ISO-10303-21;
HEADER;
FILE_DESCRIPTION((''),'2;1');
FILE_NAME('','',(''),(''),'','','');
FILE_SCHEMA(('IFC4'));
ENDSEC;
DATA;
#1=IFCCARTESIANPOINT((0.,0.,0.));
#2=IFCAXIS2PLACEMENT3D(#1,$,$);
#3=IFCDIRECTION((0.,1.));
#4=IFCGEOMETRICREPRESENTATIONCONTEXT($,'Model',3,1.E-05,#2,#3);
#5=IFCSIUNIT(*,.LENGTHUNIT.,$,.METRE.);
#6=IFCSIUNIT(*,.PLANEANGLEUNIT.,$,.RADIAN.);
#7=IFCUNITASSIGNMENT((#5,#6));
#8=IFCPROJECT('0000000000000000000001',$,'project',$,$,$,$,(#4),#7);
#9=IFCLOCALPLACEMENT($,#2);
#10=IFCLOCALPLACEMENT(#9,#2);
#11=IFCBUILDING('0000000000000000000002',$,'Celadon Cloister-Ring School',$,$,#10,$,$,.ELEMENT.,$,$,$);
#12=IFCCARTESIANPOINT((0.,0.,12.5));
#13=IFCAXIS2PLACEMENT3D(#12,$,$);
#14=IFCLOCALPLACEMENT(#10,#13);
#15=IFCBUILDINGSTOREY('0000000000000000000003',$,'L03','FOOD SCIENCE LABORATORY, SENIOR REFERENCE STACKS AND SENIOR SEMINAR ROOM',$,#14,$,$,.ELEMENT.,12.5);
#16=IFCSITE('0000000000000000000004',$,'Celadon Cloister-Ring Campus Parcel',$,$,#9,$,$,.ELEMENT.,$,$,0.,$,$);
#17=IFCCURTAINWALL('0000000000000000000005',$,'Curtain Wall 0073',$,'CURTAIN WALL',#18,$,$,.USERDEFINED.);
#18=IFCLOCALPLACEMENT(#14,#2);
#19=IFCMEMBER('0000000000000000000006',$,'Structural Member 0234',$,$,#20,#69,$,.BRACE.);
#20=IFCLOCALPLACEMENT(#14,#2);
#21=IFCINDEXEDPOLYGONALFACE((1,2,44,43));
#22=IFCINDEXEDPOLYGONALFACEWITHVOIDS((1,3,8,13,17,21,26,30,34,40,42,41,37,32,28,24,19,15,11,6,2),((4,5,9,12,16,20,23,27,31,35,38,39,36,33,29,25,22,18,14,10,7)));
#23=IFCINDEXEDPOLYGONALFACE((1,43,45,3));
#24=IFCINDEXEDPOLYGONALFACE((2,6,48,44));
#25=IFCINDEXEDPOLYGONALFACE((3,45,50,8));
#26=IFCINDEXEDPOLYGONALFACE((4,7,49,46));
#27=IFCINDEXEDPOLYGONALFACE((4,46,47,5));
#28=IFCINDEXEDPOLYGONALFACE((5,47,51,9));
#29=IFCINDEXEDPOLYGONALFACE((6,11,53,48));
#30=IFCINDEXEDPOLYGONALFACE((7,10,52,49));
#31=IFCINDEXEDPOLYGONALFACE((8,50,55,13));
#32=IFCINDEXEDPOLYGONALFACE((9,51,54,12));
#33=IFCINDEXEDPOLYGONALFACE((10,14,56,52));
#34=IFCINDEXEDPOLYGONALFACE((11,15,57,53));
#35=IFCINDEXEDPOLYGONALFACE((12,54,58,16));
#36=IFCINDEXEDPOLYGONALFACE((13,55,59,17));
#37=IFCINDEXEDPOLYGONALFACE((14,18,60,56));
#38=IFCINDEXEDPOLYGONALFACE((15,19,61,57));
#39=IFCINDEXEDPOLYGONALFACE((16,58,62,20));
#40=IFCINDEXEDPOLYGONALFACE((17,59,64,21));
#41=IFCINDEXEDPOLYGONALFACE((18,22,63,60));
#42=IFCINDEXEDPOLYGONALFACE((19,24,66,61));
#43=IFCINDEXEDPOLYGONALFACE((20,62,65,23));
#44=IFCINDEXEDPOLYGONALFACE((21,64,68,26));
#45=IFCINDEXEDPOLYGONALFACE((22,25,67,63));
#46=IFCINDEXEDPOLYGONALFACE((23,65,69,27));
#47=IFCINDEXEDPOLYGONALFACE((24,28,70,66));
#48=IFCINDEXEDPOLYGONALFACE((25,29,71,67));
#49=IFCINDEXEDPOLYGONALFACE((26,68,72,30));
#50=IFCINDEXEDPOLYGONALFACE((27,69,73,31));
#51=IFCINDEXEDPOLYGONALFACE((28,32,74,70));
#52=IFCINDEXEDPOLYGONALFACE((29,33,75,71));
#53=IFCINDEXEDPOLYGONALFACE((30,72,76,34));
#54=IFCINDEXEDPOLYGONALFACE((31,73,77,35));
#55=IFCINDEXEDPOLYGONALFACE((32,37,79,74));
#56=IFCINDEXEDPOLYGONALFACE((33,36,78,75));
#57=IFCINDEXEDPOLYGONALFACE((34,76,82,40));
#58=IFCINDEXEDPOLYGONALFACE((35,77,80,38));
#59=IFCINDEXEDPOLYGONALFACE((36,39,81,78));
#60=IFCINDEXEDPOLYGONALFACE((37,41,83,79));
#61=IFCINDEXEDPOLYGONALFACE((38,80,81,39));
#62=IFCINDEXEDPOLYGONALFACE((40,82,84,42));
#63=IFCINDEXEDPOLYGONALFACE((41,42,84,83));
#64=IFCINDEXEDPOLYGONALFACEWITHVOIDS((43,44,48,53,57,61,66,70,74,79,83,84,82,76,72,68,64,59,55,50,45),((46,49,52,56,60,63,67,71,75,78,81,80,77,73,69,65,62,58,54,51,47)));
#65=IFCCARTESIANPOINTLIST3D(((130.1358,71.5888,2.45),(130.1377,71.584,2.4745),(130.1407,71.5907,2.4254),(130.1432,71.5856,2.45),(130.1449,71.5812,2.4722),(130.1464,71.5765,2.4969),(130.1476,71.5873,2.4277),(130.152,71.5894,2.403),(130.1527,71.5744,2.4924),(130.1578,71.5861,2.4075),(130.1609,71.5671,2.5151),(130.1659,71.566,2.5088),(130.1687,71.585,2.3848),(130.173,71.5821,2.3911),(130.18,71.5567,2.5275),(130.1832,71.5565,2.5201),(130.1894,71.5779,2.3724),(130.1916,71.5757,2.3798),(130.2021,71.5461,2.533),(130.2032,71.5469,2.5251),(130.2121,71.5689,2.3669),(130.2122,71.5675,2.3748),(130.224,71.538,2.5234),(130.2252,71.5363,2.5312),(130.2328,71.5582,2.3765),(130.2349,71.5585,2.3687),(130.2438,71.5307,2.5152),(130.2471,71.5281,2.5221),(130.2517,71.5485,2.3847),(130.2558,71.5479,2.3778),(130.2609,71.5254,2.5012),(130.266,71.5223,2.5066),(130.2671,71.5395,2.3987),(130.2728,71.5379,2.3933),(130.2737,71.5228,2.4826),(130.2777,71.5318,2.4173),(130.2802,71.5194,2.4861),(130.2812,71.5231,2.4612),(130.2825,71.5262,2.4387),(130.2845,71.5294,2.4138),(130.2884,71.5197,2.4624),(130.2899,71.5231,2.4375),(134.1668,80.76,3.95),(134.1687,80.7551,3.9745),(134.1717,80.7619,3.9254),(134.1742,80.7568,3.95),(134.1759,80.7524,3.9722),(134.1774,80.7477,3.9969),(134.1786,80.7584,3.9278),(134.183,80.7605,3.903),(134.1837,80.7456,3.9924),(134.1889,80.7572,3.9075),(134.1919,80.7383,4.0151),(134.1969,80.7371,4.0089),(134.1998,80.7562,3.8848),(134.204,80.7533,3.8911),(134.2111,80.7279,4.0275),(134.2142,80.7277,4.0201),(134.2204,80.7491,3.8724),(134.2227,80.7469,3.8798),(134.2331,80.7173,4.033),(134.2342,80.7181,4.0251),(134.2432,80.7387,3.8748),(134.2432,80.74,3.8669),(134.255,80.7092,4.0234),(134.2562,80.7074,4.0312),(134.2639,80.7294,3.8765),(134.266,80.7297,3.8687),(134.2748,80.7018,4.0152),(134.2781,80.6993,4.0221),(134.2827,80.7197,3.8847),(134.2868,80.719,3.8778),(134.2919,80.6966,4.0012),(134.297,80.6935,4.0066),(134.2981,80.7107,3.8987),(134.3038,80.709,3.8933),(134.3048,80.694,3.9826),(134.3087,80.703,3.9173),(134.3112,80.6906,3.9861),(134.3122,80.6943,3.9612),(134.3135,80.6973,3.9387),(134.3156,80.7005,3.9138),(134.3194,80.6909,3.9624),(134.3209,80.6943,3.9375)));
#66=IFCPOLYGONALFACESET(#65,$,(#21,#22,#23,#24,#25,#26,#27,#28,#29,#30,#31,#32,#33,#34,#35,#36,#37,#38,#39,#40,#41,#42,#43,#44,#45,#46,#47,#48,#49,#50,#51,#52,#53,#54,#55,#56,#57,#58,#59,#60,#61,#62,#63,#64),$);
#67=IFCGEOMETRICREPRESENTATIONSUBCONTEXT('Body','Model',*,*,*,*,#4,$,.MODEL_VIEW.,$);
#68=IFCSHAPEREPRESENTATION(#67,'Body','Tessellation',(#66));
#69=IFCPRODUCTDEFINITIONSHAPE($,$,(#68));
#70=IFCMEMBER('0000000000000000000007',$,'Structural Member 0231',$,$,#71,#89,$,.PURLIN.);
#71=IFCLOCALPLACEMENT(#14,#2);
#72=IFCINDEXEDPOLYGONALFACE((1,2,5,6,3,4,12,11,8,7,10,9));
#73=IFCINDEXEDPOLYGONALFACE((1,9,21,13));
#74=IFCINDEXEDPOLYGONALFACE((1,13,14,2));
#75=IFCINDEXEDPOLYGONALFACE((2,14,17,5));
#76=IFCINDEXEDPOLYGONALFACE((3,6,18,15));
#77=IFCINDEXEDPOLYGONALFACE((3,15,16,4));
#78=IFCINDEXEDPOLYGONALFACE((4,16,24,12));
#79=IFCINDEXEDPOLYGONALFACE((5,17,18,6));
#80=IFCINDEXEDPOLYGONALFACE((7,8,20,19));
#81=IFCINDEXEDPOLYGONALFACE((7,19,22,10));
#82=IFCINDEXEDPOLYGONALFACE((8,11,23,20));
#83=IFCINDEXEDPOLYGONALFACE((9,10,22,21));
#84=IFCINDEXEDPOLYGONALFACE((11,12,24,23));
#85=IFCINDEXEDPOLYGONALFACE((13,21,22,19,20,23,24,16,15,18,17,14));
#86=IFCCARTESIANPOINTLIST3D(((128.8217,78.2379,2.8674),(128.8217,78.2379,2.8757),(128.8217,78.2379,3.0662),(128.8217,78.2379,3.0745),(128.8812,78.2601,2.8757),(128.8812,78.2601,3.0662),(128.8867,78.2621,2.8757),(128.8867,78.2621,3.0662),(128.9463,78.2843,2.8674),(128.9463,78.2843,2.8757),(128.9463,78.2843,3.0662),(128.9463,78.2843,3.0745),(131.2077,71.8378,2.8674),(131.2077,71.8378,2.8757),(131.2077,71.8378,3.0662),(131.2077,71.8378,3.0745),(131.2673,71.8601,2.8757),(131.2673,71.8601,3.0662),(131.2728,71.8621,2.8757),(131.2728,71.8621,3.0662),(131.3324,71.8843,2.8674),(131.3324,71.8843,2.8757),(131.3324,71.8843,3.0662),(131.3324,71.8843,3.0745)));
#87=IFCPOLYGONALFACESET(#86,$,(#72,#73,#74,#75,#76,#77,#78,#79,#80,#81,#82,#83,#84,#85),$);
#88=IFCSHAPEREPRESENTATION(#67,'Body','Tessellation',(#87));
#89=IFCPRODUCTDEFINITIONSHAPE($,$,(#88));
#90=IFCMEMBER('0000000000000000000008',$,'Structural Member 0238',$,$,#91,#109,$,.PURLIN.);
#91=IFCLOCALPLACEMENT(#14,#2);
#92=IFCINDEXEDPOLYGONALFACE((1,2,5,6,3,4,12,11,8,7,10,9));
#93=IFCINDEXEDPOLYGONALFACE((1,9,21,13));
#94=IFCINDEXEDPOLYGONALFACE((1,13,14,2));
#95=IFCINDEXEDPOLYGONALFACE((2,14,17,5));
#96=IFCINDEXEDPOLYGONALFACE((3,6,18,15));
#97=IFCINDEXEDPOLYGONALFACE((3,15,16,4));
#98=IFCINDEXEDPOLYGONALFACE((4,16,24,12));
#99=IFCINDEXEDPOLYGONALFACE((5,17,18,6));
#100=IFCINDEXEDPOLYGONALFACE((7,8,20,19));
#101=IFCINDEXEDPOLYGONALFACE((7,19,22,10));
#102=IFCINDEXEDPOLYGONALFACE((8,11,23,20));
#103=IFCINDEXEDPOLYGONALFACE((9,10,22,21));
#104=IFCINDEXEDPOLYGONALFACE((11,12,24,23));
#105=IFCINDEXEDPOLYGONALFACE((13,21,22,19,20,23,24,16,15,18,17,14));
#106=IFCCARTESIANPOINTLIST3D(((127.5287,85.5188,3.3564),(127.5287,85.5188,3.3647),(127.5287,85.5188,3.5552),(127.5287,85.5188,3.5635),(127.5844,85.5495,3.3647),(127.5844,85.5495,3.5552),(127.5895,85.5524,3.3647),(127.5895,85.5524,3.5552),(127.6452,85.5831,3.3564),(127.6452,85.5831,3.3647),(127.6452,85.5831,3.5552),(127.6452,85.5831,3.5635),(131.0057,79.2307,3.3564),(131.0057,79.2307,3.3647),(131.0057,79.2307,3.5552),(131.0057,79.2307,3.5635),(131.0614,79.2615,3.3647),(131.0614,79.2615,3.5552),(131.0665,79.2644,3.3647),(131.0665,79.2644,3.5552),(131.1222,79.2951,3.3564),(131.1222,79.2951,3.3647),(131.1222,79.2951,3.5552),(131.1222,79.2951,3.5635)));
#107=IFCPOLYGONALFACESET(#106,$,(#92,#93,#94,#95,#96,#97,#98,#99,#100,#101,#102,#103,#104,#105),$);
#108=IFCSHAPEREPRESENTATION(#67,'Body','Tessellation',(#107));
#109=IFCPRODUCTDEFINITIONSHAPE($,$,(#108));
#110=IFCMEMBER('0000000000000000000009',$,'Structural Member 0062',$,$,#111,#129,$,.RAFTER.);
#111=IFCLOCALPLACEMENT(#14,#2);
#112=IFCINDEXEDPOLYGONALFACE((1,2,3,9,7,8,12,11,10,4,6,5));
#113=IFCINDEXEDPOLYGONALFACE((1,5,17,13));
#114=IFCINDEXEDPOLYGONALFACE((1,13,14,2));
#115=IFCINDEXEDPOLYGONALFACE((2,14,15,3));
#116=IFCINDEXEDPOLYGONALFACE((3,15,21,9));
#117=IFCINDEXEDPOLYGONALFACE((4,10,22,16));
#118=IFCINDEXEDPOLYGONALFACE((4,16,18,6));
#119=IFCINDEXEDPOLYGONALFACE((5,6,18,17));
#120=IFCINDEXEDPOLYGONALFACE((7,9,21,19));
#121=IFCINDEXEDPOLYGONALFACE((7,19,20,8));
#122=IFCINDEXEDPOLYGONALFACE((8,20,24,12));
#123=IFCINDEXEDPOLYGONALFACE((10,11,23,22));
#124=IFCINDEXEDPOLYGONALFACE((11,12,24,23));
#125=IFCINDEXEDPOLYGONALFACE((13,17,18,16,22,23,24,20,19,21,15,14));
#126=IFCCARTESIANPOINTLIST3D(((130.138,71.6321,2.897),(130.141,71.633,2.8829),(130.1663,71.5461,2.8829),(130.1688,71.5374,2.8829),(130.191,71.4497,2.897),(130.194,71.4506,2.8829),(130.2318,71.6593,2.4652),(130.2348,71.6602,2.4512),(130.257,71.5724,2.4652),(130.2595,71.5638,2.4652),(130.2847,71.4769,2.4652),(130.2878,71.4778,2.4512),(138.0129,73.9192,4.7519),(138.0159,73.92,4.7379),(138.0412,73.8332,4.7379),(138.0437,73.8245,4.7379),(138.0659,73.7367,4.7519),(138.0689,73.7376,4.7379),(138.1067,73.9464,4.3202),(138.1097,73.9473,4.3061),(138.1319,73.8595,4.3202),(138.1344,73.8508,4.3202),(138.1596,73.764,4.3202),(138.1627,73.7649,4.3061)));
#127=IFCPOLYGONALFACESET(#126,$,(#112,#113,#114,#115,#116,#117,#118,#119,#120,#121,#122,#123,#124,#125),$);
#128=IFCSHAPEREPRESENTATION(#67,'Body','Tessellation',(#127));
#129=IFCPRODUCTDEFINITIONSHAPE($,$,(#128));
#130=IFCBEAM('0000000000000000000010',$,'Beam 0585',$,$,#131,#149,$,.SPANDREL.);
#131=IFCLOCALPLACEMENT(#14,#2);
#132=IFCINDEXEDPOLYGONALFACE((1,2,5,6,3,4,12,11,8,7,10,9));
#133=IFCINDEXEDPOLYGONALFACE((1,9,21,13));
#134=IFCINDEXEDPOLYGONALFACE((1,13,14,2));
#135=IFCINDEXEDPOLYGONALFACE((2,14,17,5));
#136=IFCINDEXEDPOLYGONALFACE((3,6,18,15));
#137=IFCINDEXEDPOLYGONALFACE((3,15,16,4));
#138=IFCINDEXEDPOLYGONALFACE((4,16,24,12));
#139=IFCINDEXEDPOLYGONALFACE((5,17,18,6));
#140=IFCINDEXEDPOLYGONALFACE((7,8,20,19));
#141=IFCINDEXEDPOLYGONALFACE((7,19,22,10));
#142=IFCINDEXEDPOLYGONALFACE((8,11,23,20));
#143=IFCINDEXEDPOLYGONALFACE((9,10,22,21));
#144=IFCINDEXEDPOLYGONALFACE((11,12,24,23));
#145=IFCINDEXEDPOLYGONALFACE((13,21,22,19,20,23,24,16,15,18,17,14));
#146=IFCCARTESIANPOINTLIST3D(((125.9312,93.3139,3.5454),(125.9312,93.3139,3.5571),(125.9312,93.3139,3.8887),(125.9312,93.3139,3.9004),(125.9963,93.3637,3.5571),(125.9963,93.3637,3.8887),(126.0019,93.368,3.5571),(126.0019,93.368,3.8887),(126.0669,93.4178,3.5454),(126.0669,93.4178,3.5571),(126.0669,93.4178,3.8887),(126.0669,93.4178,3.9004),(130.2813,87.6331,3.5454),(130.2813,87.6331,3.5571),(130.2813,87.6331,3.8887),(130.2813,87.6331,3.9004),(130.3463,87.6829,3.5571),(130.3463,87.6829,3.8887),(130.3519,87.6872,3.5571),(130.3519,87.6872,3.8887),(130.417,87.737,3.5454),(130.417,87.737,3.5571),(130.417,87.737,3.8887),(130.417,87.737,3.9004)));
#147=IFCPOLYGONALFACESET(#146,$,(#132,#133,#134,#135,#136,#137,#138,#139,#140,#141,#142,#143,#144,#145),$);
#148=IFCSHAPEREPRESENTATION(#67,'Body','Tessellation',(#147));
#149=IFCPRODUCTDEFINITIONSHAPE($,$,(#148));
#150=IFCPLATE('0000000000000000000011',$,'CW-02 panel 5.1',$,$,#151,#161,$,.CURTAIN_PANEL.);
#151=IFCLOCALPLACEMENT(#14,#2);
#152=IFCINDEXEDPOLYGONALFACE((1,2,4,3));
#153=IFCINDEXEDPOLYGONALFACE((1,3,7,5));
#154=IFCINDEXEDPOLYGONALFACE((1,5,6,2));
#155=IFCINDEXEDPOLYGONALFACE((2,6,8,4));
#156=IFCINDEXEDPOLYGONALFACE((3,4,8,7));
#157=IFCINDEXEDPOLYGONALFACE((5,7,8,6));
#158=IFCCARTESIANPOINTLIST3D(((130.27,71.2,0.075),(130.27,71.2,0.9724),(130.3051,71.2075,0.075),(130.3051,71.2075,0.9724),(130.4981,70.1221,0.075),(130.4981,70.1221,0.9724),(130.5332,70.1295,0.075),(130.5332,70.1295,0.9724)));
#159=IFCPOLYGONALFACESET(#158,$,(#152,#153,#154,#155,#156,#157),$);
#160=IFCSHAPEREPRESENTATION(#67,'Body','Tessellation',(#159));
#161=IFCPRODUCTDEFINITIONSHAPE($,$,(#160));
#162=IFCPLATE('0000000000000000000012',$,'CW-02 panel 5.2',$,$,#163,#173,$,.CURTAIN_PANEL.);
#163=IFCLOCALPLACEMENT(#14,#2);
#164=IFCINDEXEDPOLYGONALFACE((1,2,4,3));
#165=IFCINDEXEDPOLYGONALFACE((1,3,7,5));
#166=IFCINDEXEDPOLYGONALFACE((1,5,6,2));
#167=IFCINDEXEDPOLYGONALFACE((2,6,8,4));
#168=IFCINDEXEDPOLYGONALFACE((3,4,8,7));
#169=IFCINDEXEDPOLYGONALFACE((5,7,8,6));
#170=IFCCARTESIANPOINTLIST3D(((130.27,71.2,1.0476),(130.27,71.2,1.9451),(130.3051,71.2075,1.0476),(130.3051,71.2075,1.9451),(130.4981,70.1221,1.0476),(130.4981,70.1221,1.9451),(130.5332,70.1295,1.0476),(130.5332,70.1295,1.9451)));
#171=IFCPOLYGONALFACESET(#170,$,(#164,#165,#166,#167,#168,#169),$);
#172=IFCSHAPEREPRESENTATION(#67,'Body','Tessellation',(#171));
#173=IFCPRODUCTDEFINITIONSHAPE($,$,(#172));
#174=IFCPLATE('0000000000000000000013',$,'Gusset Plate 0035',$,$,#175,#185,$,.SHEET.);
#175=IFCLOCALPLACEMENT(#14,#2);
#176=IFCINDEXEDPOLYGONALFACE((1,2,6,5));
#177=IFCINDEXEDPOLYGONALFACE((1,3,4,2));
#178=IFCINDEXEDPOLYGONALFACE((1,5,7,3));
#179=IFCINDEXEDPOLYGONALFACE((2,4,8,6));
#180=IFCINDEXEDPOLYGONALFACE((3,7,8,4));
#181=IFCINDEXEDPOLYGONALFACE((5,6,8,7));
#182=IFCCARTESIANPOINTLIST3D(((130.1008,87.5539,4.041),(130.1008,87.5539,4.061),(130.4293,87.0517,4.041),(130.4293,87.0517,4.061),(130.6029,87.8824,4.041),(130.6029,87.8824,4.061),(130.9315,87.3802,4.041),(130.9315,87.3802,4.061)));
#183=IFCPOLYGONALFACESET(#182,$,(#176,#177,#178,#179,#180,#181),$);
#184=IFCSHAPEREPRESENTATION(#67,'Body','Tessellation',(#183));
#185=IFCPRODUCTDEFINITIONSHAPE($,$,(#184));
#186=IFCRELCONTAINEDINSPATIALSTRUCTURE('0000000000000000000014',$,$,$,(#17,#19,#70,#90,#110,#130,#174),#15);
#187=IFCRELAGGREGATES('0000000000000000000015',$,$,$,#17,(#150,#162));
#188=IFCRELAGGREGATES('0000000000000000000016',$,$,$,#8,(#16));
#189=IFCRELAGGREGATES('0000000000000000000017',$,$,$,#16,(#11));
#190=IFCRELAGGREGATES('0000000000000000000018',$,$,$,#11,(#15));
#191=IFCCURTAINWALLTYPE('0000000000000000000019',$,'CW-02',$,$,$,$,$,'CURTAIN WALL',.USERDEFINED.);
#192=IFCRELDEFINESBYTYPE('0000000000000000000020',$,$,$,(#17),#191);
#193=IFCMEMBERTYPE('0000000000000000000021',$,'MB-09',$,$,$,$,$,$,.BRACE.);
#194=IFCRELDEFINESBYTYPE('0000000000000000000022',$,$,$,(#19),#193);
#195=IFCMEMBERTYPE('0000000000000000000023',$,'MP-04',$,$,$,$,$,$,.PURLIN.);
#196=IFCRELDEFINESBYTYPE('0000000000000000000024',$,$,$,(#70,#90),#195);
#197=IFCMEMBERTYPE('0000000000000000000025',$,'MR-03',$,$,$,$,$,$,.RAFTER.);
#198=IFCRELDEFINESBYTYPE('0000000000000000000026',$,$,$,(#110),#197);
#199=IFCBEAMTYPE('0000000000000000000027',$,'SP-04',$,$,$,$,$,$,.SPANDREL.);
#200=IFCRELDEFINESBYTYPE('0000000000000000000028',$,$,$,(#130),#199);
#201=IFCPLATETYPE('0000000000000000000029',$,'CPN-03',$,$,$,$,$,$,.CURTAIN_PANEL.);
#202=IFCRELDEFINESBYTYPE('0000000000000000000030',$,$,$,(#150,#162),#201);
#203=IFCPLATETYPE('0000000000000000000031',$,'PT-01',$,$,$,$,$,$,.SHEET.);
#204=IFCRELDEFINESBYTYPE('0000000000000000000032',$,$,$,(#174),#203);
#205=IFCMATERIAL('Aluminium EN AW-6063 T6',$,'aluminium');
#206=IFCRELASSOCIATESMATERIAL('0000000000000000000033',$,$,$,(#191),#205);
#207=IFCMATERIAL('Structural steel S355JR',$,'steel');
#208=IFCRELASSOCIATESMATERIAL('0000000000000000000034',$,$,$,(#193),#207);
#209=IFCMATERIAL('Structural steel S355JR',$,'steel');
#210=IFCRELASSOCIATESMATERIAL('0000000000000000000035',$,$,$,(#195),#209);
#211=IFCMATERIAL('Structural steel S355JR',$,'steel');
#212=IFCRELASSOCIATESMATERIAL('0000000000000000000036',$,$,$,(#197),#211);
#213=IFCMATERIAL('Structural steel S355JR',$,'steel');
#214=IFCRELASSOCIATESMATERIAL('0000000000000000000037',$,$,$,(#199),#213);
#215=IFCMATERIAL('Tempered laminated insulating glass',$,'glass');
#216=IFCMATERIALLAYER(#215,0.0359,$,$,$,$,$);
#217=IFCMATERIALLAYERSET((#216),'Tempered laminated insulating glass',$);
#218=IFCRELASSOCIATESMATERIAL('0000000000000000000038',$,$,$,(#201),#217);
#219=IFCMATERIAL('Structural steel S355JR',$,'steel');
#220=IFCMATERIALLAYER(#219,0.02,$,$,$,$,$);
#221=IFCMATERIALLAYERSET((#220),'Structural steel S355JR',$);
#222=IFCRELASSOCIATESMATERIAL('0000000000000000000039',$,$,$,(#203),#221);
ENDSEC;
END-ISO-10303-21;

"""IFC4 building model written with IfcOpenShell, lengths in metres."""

from ifc_helpers import new_model, si_unit, direction, frame, origin, origin_2d, place, context, subcontext, project, spatial, rectangle, hollow_circle, i_section, extrude, material, layer, layer_set, material_profile, profile_set, type_object, element, aggregate, save


model = new_model("IFC4")

# Units and contexts
model_context = context("Model", 3, precision=1e-05, world=origin(), true_north=direction((0.0, 1.0)))
body_context = subcontext(model_context, "Body", "Model", "MODEL_VIEW")
ifc_project = project(units=[si_unit("LENGTHUNIT", "METRE"), si_unit("PLANEANGLEUNIT", "RADIAN")], contexts=[model_context])

# Site, building, storey
site_placement = place(None, origin())
site = spatial("IfcSite", under=ifc_project, at=site_placement, Name="Celadon Cloister-Ring Campus Parcel", CompositionType="ELEMENT", RefElevation=0.0)
building_placement = place(site_placement, origin())
building = spatial("IfcBuilding", under=site, at=building_placement, Name="Celadon Cloister-Ring School", CompositionType="ELEMENT")
storey_placement = place(building_placement, frame((0.0, 0.0, 12.5)))
storey = spatial("IfcBuildingStorey", under=building, at=storey_placement, Name="L03", Description="FOOD SCIENCE LABORATORY, SENIOR REFERENCE STACKS AND SENIOR SEMINAR ROOM", CompositionType="ELEMENT", Elevation=12.5)

# Curtain wall
ifc_material_1 = material(Name="Aluminium EN AW-6063 T6", Category="aluminium")
curtain_wall_type = type_object("IfcCurtainWallType", Name="CW-02", ElementType="CURTAIN WALL", PredefinedType="USERDEFINED", material=ifc_material_1)
curtain_wall_1_placement = place(storey_placement, origin())
curtain_wall_1 = element("IfcCurtainWall", 1, at=curtain_wall_1_placement, inside=storey, type_object=curtain_wall_type, Name="Curtain Wall 0073", ObjectType="CURTAIN WALL", PredefinedType="USERDEFINED")

# Members
ifc_material_2 = material(Name="Structural steel S355JR", Category="steel")
ifc_material_profile_1 = material_profile(ifc_material_2, hollow_circle(Radius=0.0842, WallThickness=0.0081, at=origin_2d()), Name="CHS168.3X8")
ifc_profile_set_1 = profile_set([ifc_material_profile_1], Name="Structural steel S355JR")
member_type_1 = type_object("IfcMemberType", Name="MB-09", PredefinedType="BRACE", material=ifc_profile_set_1)
member_1_placement = place(storey_placement, frame((130.2129, 71.5549, 2.45), z_axis=(0.397943, 0.90538, 0.148081), x_axis=(-0.915473, 0.402379, 0.0)))
element("IfcMember", 2, at=member_1_placement, inside=storey, type_object=member_type_1, Name="Structural Member 0234", PredefinedType="BRACE", context=body_context, shape_type="SweptSolid", body=[
    extrude(hollow_circle(Radius=0.0842, WallThickness=0.0081, at=origin_2d()), origin(), (0.0, 0.0, 1.0), 10.1296),
])
ifc_material_3 = material(Name="Structural steel S355JR", Category="steel")
ifc_material_profile_2 = material_profile(ifc_material_3, i_section(OverallWidth=0.1331, OverallDepth=0.207, WebThickness=0.0059, FlangeThickness=0.0083, at=origin_2d()), Name="W200X27")
ifc_profile_set_2 = profile_set([ifc_material_profile_2], Name="Structural steel S355JR")
member_type_2 = type_object("IfcMemberType", Name="MP-04", PredefinedType="PURLIN", material=ifc_profile_set_2)
member_2_placement = place(storey_placement, frame((131.27, 71.8611, 2.9709), z_axis=(-0.349329, 0.937, 0.0), x_axis=(-0.937, -0.349329, 0.0)))
element("IfcMember", 3, at=member_2_placement, inside=storey, type_object=member_type_2, Name="Structural Member 0231", PredefinedType="PURLIN", context=body_context, shape_type="SweptSolid", body=[
    extrude(i_section(OverallWidth=0.1331, OverallDepth=0.207, WebThickness=0.0059, FlangeThickness=0.0083, at=origin_2d()), origin(), (0.0, 0.0, 1.0), 6.8303),
])
member_3_placement = place(storey_placement, frame((131.064, 79.2629, 3.46), z_axis=(-0.483905, 0.87512, 0.0), x_axis=(-0.87512, -0.483905, 0.0)))
element("IfcMember", 4, at=member_3_placement, inside=storey, type_object=member_type_2, Name="Structural Member 0238", PredefinedType="PURLIN", context=body_context, shape_type="SweptSolid", body=[
    extrude(i_section(OverallWidth=0.1331, OverallDepth=0.207, WebThickness=0.0059, FlangeThickness=0.0083, at=origin_2d()), origin(), (0.0, 0.0, 1.0), 7.1853),
])
ifc_material_4 = material(Name="Structural steel S355JR", Category="steel")
ifc_material_profile_3 = material_profile(ifc_material_4, i_section(OverallWidth=0.1899, OverallDepth=0.457, WebThickness=0.009, FlangeThickness=0.0144, at=origin_2d()), Name="W460X74")
ifc_profile_set_3 = profile_set([ifc_material_profile_3], Name="Structural steel S355JR")
member_type_3 = type_object("IfcMemberType", Name="MR-03", PredefinedType="RAFTER", material=ifc_profile_set_3)
member_4_placement = place(storey_placement, frame((130.2129, 71.5549, 2.6741), z_axis=(0.936654, 0.272029, 0.220632), x_axis=(-0.278902, 0.960319, 0.0)))
element("IfcMember", 5, at=member_4_placement, inside=storey, type_object=member_type_3, Name="Structural Member 0062", PredefinedType="RAFTER", context=body_context, shape_type="SweptSolid", body=[
    extrude(i_section(OverallWidth=0.1899, OverallDepth=0.457, WebThickness=0.009, FlangeThickness=0.0144, at=origin_2d()), origin(), (0.0, 0.0, 1.0), 8.4075),
])

# Beam
ifc_material_5 = material(Name="Structural steel S355JR", Category="steel")
ifc_material_profile_4 = material_profile(ifc_material_5, i_section(OverallWidth=0.1709, OverallDepth=0.355, WebThickness=0.0071, FlangeThickness=0.0117, at=origin_2d()), Name="W360X51")
ifc_profile_set_4 = profile_set([ifc_material_profile_4], Name="Structural steel S355JR")
beam_type_1 = type_object("IfcBeamType", Name="SP-04", PredefinedType="SPANDREL", material=ifc_profile_set_4)
beam_1_placement = place(storey_placement, frame((130.3491, 87.6851, 3.7229), z_axis=(-0.607968, 0.793962, 0.0), x_axis=(-0.793962, -0.607968, 0.0)))
element("IfcBeam", 6, at=beam_1_placement, inside=storey, type_object=beam_type_1, Name="Beam 0585", PredefinedType="SPANDREL", context=body_context, shape_type="SweptSolid", body=[
    extrude(i_section(OverallWidth=0.1709, OverallDepth=0.355, WebThickness=0.0071, FlangeThickness=0.0117, at=origin_2d()), origin(), (0.0, 0.0, 1.0), 7.155),
])

# Plates
ifc_material_6 = material(Name="Tempered laminated insulating glass", Category="glass")
ifc_layer_1 = layer(ifc_material_6, 0.0359)
ifc_layer_set_1 = layer_set([ifc_layer_1], Name="Tempered laminated insulating glass")
plate_type_1 = type_object("IfcPlateType", Name="CPN-03", PredefinedType="CURTAIN_PANEL", material=ifc_layer_set_1)
plate_1_placement = place(storey_placement, frame((130.4016, 70.6648, 0.075), z_axis=(0.0, 0.0, 1.0), x_axis=(-0.207058, 0.978329, 0.0)))
plate_1 = element("IfcPlate", 7, at=plate_1_placement, type_object=plate_type_1, Name="CW-02 panel 5.1", PredefinedType="CURTAIN_PANEL", context=body_context, shape_type="SweptSolid", body=[
    extrude(rectangle(XDim=1.1018, YDim=0.0359, at=origin_2d()), origin(), (0.0, 0.0, 1.0), 0.8975),
])
plate_2_placement = place(storey_placement, frame((130.4016, 70.6648, 1.0476), z_axis=(0.0, 0.0, 1.0), x_axis=(-0.207058, 0.978329, 0.0)))
plate_2 = element("IfcPlate", 8, at=plate_2_placement, type_object=plate_type_1, Name="CW-02 panel 5.2", PredefinedType="CURTAIN_PANEL", context=body_context, shape_type="SweptSolid", body=[
    extrude(rectangle(XDim=1.1018, YDim=0.0359, at=origin_2d()), origin(), (0.0, 0.0, 1.0), 0.8975),
])
aggregate(curtain_wall_1, [plate_1, plate_2])

# Plate
ifc_material_7 = material(Name="Structural steel S355JR", Category="steel")
ifc_layer_2 = layer(ifc_material_7, 0.02)
ifc_layer_set_2 = layer_set([ifc_layer_2], Name="Structural steel S355JR")
plate_type_2 = type_object("IfcPlateType", Name="PT-01", PredefinedType="SHEET", material=ifc_layer_set_2)
plate_3_placement = place(storey_placement, frame((130.5161, 87.467, 4.041), z_axis=(0.0, 0.0, 1.0), x_axis=(0.836841, 0.547446, 0.0)))
element("IfcPlate", 9, at=plate_3_placement, inside=storey, type_object=plate_type_2, Name="Gusset Plate 0035", PredefinedType="SHEET", context=body_context, shape_type="SweptSolid", body=[
    extrude(rectangle(XDim=0.6001, YDim=0.6001, at=origin_2d()), origin(), (0.0, 0.0, 1.0), 0.02),
])

save(model, "model.ifc")
